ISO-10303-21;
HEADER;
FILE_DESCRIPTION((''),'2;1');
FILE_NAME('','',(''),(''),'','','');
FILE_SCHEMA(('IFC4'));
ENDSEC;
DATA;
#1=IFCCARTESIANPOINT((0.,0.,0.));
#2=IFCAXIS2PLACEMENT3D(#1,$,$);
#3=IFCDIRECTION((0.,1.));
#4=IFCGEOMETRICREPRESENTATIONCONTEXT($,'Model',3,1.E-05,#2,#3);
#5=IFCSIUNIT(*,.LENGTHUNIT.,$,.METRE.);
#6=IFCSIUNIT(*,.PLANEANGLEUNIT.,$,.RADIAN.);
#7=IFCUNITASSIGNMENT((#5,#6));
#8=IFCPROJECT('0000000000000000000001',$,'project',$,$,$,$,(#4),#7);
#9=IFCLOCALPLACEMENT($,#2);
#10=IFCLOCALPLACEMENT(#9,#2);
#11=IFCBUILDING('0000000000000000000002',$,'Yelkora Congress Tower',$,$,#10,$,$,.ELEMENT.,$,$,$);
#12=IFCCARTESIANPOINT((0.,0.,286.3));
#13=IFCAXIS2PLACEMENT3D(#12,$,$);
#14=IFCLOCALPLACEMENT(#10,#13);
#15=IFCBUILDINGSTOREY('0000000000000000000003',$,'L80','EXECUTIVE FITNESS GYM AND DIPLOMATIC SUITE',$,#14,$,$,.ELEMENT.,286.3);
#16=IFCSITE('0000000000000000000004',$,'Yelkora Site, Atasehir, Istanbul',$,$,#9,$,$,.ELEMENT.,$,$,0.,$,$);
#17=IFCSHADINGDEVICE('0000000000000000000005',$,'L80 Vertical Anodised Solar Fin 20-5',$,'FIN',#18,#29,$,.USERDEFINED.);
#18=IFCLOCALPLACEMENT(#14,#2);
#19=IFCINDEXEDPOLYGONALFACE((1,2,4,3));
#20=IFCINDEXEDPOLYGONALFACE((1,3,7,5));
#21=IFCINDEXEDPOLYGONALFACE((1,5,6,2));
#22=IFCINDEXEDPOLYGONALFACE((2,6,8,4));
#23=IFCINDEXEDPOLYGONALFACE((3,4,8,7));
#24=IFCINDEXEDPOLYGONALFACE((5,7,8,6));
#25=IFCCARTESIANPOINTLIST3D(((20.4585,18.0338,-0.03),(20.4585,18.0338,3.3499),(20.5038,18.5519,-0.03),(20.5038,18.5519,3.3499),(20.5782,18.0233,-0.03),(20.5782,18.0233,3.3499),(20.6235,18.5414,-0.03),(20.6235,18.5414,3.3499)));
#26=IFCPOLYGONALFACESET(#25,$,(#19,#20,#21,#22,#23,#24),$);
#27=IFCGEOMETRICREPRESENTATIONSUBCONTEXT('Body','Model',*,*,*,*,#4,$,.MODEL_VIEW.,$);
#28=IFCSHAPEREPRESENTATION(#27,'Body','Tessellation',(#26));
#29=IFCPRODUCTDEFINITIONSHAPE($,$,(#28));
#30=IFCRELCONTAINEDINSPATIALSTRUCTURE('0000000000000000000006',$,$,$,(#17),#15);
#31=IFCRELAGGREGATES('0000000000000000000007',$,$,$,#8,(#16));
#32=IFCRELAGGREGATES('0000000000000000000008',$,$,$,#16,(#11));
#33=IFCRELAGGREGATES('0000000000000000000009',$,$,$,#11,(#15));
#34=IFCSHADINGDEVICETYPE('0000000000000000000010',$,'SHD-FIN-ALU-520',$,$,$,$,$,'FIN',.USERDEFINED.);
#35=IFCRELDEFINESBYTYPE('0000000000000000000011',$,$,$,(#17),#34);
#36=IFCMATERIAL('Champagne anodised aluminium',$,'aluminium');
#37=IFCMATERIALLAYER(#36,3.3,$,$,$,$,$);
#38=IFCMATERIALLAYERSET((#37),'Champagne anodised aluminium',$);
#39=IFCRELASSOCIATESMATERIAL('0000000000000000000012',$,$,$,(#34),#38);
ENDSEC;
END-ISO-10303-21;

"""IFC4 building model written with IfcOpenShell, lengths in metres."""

from ifc_helpers import new_model, si_unit, direction, frame, origin, origin_2d, place, context, subcontext, project, spatial, rectangle, extrude, material, layer, layer_set, type_object, element, save


model = new_model("IFC4")

# Units and contexts
model_context = context("Model", 3, precision=1e-05, world=origin(), true_north=direction((0.0, 1.0)))
body_context = subcontext(model_context, "Body", "Model", "MODEL_VIEW")
ifc_project = project(units=[si_unit("LENGTHUNIT", "METRE"), si_unit("PLANEANGLEUNIT", "RADIAN")], contexts=[model_context])

# Site, building, storey
site_placement = place(None, origin())
site = spatial("IfcSite", under=ifc_project, at=site_placement, Name="Yelkora Site, Atasehir, Istanbul", CompositionType="ELEMENT", RefElevation=0.0)
building_placement = place(site_placement, origin())
building = spatial("IfcBuilding", under=site, at=building_placement, Name="Yelkora Congress Tower", CompositionType="ELEMENT")
storey_placement = place(building_placement, frame((0.0, 0.0, 286.3)))
storey = spatial("IfcBuildingStorey", under=building, at=storey_placement, Name="L80", Description="EXECUTIVE FITNESS GYM AND DIPLOMATIC SUITE", CompositionType="ELEMENT", Elevation=286.3)

# Shading device
ifc_material_1 = material(Name="Champagne anodised aluminium", Category="aluminium")
ifc_layer_1 = layer(ifc_material_1, 3.3)
ifc_layer_set_1 = layer_set([ifc_layer_1], Name="Champagne anodised aluminium")
shading_device_type = type_object("IfcShadingDeviceType", Name="SHD-FIN-ALU-520", ElementType="FIN", PredefinedType="USERDEFINED", material=ifc_layer_set_1)
for number, where, z_axis, x_axis, name in (
    (1, (20.541, 18.2876, -0.03), (0.0, 0.0, 1.0), (-0.996195, 0.087156, 0.0), "L80 Vertical Anodised Solar Fin 20-5"),
):
    element("IfcShadingDevice", number, at=place(storey_placement, frame(where, z_axis=z_axis, x_axis=x_axis)), inside=storey, type_object=shading_device_type, Name=name, ObjectType="FIN", PredefinedType="USERDEFINED", context=body_context, shape_type="SweptSolid", body=[
        extrude(rectangle(XDim=0.1201, YDim=0.52, at=origin_2d()), origin(), (0.0, 0.0, 1.0), 3.3799),
    ])

save(model, "model.ifc")
